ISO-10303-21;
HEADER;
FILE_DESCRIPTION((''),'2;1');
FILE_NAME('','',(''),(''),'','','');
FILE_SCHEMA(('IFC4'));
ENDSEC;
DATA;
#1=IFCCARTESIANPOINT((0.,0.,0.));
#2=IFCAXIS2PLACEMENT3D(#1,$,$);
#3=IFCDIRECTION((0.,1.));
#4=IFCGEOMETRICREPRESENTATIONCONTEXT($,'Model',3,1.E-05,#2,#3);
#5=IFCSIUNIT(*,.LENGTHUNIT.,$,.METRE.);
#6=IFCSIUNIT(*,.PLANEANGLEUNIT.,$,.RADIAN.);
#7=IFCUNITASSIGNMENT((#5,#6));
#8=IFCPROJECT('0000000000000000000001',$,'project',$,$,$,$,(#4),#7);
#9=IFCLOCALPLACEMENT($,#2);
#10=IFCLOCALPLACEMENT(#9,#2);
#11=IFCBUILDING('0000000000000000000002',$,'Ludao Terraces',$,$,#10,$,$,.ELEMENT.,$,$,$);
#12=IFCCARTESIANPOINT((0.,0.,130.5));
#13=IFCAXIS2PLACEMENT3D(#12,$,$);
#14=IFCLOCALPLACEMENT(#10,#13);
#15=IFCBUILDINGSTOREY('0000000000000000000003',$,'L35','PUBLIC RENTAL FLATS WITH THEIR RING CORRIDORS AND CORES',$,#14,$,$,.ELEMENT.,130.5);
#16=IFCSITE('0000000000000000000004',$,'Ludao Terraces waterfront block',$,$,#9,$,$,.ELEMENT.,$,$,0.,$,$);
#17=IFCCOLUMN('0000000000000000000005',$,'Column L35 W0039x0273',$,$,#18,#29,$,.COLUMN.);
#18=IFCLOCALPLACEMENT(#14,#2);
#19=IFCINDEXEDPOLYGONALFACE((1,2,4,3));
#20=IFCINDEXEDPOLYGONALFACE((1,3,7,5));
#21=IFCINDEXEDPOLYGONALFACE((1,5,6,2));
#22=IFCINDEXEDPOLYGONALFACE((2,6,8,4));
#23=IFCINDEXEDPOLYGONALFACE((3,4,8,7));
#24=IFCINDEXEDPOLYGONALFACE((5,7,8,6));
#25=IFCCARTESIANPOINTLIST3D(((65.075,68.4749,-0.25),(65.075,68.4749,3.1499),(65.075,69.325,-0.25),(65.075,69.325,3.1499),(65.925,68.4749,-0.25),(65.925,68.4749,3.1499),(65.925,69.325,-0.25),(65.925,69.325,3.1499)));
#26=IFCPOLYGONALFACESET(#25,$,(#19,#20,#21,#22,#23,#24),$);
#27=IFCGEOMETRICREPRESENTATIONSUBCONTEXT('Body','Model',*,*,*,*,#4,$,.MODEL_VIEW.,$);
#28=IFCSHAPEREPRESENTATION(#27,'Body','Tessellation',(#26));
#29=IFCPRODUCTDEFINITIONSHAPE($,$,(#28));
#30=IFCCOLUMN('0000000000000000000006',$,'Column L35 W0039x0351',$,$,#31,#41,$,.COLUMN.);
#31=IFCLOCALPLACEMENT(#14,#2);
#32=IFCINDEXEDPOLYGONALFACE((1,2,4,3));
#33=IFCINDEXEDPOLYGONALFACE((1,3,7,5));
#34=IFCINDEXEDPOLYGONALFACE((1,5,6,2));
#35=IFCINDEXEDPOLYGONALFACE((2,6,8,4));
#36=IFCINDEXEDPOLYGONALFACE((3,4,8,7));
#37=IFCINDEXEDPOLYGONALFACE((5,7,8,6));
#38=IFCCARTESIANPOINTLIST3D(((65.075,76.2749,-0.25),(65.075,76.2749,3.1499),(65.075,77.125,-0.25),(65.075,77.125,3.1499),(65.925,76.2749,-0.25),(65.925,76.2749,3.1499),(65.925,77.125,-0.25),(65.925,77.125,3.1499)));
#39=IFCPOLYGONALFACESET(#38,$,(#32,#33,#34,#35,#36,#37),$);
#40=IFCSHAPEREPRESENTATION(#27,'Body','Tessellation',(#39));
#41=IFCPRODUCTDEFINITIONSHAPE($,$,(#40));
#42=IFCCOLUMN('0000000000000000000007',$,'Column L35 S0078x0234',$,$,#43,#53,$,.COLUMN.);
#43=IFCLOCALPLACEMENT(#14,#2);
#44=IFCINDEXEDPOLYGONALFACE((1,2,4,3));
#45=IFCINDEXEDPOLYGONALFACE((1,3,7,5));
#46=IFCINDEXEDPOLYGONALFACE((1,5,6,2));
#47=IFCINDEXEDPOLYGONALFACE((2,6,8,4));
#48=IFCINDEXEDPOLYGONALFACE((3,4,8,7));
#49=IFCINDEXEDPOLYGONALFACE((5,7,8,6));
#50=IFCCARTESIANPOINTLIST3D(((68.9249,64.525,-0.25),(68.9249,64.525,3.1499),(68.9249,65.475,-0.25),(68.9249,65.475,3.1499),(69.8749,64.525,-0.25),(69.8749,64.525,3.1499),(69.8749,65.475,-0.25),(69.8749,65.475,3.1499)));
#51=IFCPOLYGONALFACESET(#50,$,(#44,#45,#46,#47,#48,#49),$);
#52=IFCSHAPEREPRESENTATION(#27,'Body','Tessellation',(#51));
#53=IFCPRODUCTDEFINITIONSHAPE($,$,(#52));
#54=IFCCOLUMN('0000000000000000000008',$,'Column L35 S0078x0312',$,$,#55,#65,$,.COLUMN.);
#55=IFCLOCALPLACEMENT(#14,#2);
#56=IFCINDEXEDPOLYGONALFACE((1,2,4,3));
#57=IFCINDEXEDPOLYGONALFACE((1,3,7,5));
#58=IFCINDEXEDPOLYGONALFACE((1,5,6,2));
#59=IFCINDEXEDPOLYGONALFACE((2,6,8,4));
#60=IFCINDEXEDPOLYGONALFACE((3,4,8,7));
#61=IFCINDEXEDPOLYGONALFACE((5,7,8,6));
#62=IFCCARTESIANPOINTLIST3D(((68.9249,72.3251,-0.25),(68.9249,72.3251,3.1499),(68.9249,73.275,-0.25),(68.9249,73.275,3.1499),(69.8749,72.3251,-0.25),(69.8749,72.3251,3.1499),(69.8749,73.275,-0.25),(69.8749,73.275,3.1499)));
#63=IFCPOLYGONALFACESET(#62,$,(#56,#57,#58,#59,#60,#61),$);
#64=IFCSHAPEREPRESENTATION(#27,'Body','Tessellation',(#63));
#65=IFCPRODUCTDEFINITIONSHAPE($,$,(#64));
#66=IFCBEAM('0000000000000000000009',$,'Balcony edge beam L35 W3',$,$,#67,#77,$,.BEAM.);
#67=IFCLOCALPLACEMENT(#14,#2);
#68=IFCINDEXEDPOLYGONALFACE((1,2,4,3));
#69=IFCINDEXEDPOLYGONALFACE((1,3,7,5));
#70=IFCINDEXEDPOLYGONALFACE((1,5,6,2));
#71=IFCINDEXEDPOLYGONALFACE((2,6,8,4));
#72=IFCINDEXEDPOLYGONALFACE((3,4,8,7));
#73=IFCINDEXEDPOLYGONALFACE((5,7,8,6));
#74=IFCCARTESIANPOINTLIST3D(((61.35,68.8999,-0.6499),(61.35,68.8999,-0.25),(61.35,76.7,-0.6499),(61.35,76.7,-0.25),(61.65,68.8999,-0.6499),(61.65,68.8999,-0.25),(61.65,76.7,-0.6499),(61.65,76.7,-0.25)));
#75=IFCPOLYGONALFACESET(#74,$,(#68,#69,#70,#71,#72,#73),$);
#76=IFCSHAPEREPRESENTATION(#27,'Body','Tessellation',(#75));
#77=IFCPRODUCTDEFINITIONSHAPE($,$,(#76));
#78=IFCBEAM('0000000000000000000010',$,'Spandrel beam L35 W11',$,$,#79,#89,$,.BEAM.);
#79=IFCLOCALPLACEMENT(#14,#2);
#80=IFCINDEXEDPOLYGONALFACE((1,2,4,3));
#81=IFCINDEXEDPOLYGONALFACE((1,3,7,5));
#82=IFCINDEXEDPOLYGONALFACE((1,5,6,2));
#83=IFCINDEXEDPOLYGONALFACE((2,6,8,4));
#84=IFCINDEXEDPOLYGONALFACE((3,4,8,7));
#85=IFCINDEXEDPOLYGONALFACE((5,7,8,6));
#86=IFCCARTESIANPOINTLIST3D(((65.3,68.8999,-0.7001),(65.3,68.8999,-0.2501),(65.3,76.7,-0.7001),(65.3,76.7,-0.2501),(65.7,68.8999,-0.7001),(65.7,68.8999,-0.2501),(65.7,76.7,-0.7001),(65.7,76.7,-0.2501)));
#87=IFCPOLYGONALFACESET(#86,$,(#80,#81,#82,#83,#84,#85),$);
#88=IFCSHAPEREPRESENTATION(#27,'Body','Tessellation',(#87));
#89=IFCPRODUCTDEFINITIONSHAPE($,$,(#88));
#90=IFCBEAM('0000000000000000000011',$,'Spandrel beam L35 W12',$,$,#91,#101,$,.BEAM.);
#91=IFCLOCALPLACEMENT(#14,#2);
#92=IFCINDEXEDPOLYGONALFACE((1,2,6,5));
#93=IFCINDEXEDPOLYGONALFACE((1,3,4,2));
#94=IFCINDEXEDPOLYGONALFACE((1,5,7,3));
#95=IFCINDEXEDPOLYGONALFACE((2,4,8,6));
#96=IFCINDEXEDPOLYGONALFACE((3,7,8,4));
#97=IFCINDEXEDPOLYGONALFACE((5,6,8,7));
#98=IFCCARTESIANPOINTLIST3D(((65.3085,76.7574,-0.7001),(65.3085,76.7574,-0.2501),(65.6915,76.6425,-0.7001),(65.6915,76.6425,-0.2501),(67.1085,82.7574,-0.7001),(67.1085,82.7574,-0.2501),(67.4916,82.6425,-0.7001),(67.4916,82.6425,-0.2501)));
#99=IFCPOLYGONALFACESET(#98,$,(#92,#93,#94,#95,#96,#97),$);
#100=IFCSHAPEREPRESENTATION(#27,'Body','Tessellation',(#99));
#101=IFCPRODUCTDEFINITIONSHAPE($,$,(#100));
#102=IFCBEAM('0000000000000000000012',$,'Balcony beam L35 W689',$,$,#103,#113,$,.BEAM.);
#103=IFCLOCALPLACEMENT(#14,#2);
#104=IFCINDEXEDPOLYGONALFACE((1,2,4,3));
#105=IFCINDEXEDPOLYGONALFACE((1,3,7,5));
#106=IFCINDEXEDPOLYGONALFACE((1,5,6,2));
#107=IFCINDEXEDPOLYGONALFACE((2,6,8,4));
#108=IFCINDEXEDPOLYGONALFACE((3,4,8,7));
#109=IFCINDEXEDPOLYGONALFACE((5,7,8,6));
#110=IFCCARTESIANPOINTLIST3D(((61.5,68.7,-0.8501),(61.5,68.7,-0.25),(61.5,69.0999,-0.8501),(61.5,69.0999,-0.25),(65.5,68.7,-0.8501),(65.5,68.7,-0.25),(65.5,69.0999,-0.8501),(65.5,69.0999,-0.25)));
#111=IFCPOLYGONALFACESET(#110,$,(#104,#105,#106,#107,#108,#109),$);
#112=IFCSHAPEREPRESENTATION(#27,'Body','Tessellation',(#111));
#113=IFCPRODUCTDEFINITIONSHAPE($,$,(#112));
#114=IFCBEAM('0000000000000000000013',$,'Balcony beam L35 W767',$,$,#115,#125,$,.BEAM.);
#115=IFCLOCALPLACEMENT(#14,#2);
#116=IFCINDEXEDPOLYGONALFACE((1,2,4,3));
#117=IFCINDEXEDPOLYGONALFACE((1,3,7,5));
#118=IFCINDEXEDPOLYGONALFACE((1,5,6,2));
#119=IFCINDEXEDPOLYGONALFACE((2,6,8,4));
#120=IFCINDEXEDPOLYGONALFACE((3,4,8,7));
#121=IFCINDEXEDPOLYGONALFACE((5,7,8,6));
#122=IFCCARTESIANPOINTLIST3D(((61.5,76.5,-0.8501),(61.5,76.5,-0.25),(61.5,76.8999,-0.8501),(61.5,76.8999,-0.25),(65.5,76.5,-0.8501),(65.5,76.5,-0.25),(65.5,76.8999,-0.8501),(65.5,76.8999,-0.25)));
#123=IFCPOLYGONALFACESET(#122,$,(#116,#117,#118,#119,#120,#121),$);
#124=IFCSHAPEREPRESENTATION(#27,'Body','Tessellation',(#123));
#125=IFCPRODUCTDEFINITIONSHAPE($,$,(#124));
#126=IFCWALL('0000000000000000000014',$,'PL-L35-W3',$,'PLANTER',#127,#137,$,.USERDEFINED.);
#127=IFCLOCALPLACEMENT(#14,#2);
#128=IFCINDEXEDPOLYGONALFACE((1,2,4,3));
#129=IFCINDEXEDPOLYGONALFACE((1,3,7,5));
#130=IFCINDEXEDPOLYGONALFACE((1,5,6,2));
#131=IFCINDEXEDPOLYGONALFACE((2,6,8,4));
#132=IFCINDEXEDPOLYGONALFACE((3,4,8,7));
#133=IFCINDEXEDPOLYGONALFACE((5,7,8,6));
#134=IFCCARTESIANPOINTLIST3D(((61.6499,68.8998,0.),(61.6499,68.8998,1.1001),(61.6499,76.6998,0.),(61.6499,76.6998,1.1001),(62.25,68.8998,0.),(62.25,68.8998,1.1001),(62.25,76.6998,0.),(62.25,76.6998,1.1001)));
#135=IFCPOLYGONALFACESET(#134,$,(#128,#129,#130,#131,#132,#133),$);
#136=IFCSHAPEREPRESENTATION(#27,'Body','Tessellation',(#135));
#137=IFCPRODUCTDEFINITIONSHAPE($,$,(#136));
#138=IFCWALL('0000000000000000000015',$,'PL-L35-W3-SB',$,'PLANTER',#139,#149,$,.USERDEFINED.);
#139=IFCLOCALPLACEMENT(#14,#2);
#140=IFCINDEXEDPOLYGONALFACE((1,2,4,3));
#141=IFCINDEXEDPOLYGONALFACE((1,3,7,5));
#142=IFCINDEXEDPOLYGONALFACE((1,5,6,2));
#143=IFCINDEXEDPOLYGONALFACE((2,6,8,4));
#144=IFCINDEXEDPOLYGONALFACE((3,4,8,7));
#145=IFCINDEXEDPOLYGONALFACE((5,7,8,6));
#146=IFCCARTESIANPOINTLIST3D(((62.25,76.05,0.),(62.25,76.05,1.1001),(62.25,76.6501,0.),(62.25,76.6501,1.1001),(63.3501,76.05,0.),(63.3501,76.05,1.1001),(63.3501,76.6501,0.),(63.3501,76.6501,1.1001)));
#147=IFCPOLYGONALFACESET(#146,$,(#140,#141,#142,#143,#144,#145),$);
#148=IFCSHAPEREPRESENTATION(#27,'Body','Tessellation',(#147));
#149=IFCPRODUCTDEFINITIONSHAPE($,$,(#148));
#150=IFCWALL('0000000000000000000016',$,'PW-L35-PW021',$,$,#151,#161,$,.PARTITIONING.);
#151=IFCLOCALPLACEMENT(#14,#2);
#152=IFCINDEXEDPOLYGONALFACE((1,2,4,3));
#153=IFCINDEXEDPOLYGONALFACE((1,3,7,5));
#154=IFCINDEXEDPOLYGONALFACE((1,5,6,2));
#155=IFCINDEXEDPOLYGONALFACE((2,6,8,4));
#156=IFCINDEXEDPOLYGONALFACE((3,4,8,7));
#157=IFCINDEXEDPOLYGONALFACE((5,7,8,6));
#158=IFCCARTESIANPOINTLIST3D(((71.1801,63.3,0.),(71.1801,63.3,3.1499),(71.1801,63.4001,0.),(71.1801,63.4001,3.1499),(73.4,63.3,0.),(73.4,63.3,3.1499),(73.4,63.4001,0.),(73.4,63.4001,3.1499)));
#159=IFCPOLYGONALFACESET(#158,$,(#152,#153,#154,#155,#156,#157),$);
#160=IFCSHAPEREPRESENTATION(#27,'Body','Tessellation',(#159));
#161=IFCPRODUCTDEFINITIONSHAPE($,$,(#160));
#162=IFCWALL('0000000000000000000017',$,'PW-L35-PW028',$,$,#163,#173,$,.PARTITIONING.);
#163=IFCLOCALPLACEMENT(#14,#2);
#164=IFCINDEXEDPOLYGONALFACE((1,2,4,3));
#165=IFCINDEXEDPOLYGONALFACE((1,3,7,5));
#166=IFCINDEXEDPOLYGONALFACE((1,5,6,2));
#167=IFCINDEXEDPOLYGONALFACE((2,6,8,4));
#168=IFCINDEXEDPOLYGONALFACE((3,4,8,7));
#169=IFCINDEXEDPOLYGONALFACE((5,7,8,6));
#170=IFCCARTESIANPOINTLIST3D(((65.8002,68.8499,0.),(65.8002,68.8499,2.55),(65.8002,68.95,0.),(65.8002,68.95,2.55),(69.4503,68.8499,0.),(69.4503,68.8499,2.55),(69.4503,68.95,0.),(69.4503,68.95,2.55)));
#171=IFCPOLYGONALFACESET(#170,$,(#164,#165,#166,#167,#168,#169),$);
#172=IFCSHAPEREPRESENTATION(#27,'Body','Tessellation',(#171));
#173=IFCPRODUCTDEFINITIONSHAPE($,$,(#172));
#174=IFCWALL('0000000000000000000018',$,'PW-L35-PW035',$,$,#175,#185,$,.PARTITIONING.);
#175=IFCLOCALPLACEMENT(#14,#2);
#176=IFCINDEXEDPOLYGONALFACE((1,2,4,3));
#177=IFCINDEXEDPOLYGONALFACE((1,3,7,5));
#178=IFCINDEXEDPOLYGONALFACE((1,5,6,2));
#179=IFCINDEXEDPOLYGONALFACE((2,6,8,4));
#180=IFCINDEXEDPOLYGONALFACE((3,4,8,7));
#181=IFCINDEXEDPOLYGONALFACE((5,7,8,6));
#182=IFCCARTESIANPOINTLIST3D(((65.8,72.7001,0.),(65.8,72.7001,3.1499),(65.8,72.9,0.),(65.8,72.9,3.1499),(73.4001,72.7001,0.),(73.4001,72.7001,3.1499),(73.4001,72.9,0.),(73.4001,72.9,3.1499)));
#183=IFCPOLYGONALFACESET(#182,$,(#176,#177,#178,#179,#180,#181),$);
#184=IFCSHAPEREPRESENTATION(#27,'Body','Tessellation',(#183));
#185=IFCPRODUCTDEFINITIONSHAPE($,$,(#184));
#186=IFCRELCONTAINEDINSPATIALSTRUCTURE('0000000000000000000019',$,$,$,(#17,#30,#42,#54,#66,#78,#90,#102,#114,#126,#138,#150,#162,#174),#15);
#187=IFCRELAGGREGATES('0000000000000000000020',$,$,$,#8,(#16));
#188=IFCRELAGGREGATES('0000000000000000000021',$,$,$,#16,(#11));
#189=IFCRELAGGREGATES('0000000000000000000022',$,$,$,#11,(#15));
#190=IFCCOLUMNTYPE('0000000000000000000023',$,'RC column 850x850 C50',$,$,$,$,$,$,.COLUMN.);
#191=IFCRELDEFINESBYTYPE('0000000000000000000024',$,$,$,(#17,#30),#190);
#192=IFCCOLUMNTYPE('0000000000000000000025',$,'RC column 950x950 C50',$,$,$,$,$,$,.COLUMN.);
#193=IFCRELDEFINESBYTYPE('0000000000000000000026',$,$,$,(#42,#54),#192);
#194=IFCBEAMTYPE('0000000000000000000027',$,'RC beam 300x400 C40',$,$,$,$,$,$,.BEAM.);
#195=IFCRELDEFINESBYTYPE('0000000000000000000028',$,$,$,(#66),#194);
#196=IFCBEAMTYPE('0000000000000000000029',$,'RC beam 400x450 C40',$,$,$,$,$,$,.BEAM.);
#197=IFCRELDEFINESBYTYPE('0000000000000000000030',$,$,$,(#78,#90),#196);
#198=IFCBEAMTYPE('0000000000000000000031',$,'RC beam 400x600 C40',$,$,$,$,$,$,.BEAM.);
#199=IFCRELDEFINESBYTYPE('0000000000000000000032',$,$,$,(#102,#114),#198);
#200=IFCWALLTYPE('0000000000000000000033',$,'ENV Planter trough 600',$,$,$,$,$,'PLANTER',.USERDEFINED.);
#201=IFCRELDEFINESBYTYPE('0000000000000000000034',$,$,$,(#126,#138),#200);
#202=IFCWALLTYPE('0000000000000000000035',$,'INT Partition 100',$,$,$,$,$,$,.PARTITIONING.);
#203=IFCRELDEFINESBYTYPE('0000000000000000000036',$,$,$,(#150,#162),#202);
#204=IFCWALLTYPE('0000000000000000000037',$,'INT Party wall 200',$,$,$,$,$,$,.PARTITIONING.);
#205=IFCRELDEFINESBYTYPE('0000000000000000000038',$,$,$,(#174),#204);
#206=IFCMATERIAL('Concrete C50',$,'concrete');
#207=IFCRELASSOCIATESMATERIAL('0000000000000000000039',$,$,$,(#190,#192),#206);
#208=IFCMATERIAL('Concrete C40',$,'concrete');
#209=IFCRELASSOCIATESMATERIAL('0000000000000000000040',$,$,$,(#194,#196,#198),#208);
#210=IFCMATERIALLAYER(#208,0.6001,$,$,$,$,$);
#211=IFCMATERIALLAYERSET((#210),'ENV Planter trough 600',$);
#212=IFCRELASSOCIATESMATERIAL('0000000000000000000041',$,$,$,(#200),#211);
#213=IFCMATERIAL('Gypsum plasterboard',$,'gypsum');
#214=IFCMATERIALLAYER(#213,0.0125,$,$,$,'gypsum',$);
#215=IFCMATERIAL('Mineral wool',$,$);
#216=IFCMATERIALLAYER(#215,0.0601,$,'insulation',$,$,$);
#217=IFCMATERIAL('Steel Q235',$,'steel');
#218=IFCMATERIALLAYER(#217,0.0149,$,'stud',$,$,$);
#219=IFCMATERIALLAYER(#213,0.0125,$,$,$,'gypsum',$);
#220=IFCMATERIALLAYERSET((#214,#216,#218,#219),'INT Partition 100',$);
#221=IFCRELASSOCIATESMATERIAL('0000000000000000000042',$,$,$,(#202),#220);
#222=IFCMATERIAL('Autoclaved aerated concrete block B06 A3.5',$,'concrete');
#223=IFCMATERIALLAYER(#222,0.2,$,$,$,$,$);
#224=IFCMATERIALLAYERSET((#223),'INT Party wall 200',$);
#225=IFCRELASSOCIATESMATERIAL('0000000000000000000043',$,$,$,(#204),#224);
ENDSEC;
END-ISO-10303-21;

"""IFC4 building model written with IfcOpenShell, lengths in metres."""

from ifc_helpers import new_model, si_unit, direction, frame, frame_2d, origin, origin_2d, place, context, subcontext, project, spatial, rectangle, extrude, material, layer, layer_set, material_profile, profile_set, type_object, element, save


model = new_model("IFC4")

# Units and contexts
model_context = context("Model", 3, precision=1e-05, world=origin(), true_north=direction((0.0, 1.0)))
body_context = subcontext(model_context, "Body", "Model", "MODEL_VIEW")
ifc_project = project(units=[si_unit("LENGTHUNIT", "METRE"), si_unit("PLANEANGLEUNIT", "RADIAN")], contexts=[model_context])

# Site, building, storey
site_placement = place(None, origin())
site = spatial("IfcSite", under=ifc_project, at=site_placement, Name="Ludao Terraces waterfront block", CompositionType="ELEMENT", RefElevation=0.0)
building_placement = place(site_placement, origin())
building = spatial("IfcBuilding", under=site, at=building_placement, Name="Ludao Terraces", CompositionType="ELEMENT")
storey_placement = place(building_placement, frame((0.0, 0.0, 130.5)))
storey = spatial("IfcBuildingStorey", under=building, at=storey_placement, Name="L35", Description="PUBLIC RENTAL FLATS WITH THEIR RING CORRIDORS AND CORES", CompositionType="ELEMENT", Elevation=130.5)

# Columns
ifc_material_1 = material(Name="Concrete C50", Category="concrete")
ifc_material_profile_1 = material_profile(ifc_material_1, rectangle(XDim=0.8501, YDim=0.8501, at=origin_2d()), Name="850 X 850")
ifc_profile_set_1 = profile_set([ifc_material_profile_1], Name="Concrete C50")
column_type_1 = type_object("IfcColumnType", Name="RC column 850x850 C50", PredefinedType="COLUMN", material=ifc_profile_set_1)
for number, where, z_axis, x_axis, name in (
    (1, (65.5, 68.8999, -0.25), (0.0, 0.0, 1.0), (1.0, 0.0, 0.0), "Column L35 W0039x0273"),
    (2, (65.5, 76.7, -0.25), (0.0, 0.0, 1.0), (1.0, 0.0, 0.0), "Column L35 W0039x0351"),
):
    element("IfcColumn", number, at=place(storey_placement, frame(where, z_axis=z_axis, x_axis=x_axis)), inside=storey, type_object=column_type_1, Name=name, PredefinedType="COLUMN", context=body_context, shape_type="SweptSolid", body=[
        extrude(rectangle(XDim=0.8501, YDim=0.8501, at=origin_2d()), origin(), (0.0, 0.0, 1.0), 3.3999),
    ])
ifc_material_profile_2 = material_profile(ifc_material_1, rectangle(XDim=0.95, YDim=0.95, at=origin_2d()), Name="950 X 950")
ifc_profile_set_2 = profile_set([ifc_material_profile_2], Name="Concrete C50")
column_type_2 = type_object("IfcColumnType", Name="RC column 950x950 C50", PredefinedType="COLUMN", material=ifc_profile_set_2)
for number, where, z_axis, x_axis, name in (
    (3, (69.3999, 65.0, -0.25), (0.0, 0.0, 1.0), (1.0, 0.0, 0.0), "Column L35 S0078x0234"),
    (4, (69.3999, 72.8, -0.25), (0.0, 0.0, 1.0), (1.0, 0.0, 0.0), "Column L35 S0078x0312"),
):
    element("IfcColumn", number, at=place(storey_placement, frame(where, z_axis=z_axis, x_axis=x_axis)), inside=storey, type_object=column_type_2, Name=name, PredefinedType="COLUMN", context=body_context, shape_type="SweptSolid", body=[
        extrude(rectangle(XDim=0.95, YDim=0.95, at=origin_2d()), origin(), (0.0, 0.0, 1.0), 3.3999),
    ])

# Beams
ifc_material_2 = material(Name="Concrete C40", Category="concrete")
ifc_material_profile_3 = material_profile(ifc_material_2, rectangle(XDim=0.3, YDim=0.3999, at=origin_2d()), Name="300 X 400")
ifc_profile_set_3 = profile_set([ifc_material_profile_3], Name="Concrete C40")
beam_type_1 = type_object("IfcBeamType", Name="RC beam 300x400 C40", PredefinedType="BEAM", material=ifc_profile_set_3)
beam_1_placement = place(storey_placement, frame((61.5, 68.8999, -0.45), z_axis=(0.0, 1.0, 0.0), x_axis=(-1.0, 0.0, 0.0)))
element("IfcBeam", 5, at=beam_1_placement, inside=storey, type_object=beam_type_1, Name="Balcony edge beam L35 W3", PredefinedType="BEAM", context=body_context, shape_type="SweptSolid", body=[
    extrude(rectangle(XDim=0.3, YDim=0.3999, at=origin_2d()), origin(), (0.0, 0.0, 1.0), 7.8),
])
ifc_material_profile_4 = material_profile(ifc_material_2, rectangle(XDim=0.3999, YDim=0.45, at=origin_2d()), Name="400 X 450")
ifc_profile_set_4 = profile_set([ifc_material_profile_4], Name="Concrete C40")
beam_type_2 = type_object("IfcBeamType", Name="RC beam 400x450 C40", PredefinedType="BEAM", material=ifc_profile_set_4)
beam_2_placement = place(storey_placement, frame((65.5, 68.8999, -0.4751), z_axis=(0.0, 1.0, 0.0), x_axis=(-1.0, 0.0, 0.0)))
element("IfcBeam", 6, at=beam_2_placement, inside=storey, type_object=beam_type_2, Name="Spandrel beam L35 W11", PredefinedType="BEAM", context=body_context, shape_type="SweptSolid", body=[
    extrude(rectangle(XDim=0.3999, YDim=0.45, at=origin_2d()), origin(), (0.0, 0.0, 1.0), 7.8),
])
beam_3_placement = place(storey_placement, frame((65.5, 76.7, -0.4751), z_axis=(0.287355, 0.957824, 0.0), x_axis=(-0.957824, 0.287355, 0.0)))
element("IfcBeam", 7, at=beam_3_placement, inside=storey, type_object=beam_type_2, Name="Spandrel beam L35 W12", PredefinedType="BEAM", context=body_context, shape_type="SweptSolid", body=[
    extrude(rectangle(XDim=0.3999, YDim=0.45, at=origin_2d()), origin(), (0.0, 0.0, 1.0), 6.2642),
])
ifc_material_profile_5 = material_profile(ifc_material_2, rectangle(XDim=0.3999, YDim=0.6001, at=origin_2d()), Name="400 X 600")
ifc_profile_set_5 = profile_set([ifc_material_profile_5], Name="Concrete C40")
beam_type_3 = type_object("IfcBeamType", Name="RC beam 400x600 C40", PredefinedType="BEAM", material=ifc_profile_set_5)
for number, where, z_axis, x_axis, name in (
    (8, (65.5, 68.8999, -0.55), (-1.0, 0.0, 0.0), (0.0, -1.0, 0.0), "Balcony beam L35 W689"),
    (9, (65.5, 76.7, -0.55), (-1.0, 0.0, 0.0), (0.0, -1.0, 0.0), "Balcony beam L35 W767"),
):
    element("IfcBeam", number, at=place(storey_placement, frame(where, z_axis=z_axis, x_axis=x_axis)), inside=storey, type_object=beam_type_3, Name=name, PredefinedType="BEAM", context=body_context, shape_type="SweptSolid", body=[
        extrude(rectangle(XDim=0.3999, YDim=0.6001, at=origin_2d()), origin(), (0.0, 0.0, 1.0), 4.0),
    ])

# Walls
ifc_layer_1 = layer(ifc_material_2, 0.6001)
ifc_layer_set_1 = layer_set([ifc_layer_1], Name="ENV Planter trough 600")
wall_type_1 = type_object("IfcWallType", Name="ENV Planter trough 600", ElementType="PLANTER", PredefinedType="USERDEFINED", material=ifc_layer_set_1)
wall_1_placement = place(storey_placement, frame((61.95, 68.8999, 0.0), z_axis=(0.0, 0.0, 1.0), x_axis=(0.0, 1.0, 0.0)))
element("IfcWall", 10, at=wall_1_placement, inside=storey, type_object=wall_type_1, Name="PL-L35-W3", ObjectType="PLANTER", PredefinedType="USERDEFINED", context=body_context, shape_type="SweptSolid", body=[
    extrude(rectangle(XDim=7.8, YDim=0.6001, at=frame_2d((3.8999, 0.0))), origin(), (0.0, 0.0, 1.0), 1.1001),
])
wall_2_placement = place(storey_placement, frame((62.25, 76.3501, 0.0), z_axis=(0.0, 0.0, 1.0), x_axis=(1.0, 0.0, 0.0)))
element("IfcWall", 11, at=wall_2_placement, inside=storey, type_object=wall_type_1, Name="PL-L35-W3-SB", ObjectType="PLANTER", PredefinedType="USERDEFINED", context=body_context, shape_type="SweptSolid", body=[
    extrude(rectangle(XDim=1.1001, YDim=0.6001, at=frame_2d((0.55, 0.0))), origin(), (0.0, 0.0, 1.0), 1.1001),
])

# Shared definitions
ifc_material_3 = material(Name="Mineral wool")

# Walls
ifc_material_4 = material(Name="Gypsum plasterboard", Category="gypsum")
ifc_layer_2 = layer(ifc_material_4, 0.0125, Category="gypsum")
ifc_layer_3 = layer(ifc_material_3, 0.0601, Name="insulation")
ifc_material_5 = material(Name="Steel Q235", Category="steel")
ifc_layer_4 = layer(ifc_material_5, 0.0149, Name="stud")
ifc_layer_5 = layer(ifc_material_4, 0.0125, Category="gypsum")
ifc_layer_set_2 = layer_set([ifc_layer_2, ifc_layer_3, ifc_layer_4, ifc_layer_5], Name="INT Partition 100")
wall_type_2 = type_object("IfcWallType", Name="INT Partition 100", PredefinedType="PARTITIONING", material=ifc_layer_set_2)
wall_3_placement = place(storey_placement, frame((71.1802, 63.3501, 0.0), z_axis=(0.0, 0.0, 1.0), x_axis=(1.0, 0.0, 0.0)))
element("IfcWall", 12, at=wall_3_placement, inside=storey, type_object=wall_type_2, Name="PW-L35-PW021", PredefinedType="PARTITIONING", context=body_context, shape_type="SweptSolid", body=[
    extrude(rectangle(XDim=2.22, YDim=0.1001, at=frame_2d((1.1099, 0.0))), origin(), (0.0, 0.0, 1.0), 3.1499),
])
wall_4_placement = place(storey_placement, frame((65.8, 68.8999, 0.0), z_axis=(0.0, 0.0, 1.0), x_axis=(1.0, 0.0, 0.0)))
element("IfcWall", 13, at=wall_4_placement, inside=storey, type_object=wall_type_2, Name="PW-L35-PW028", PredefinedType="PARTITIONING", context=body_context, shape_type="SweptSolid", body=[
    extrude(rectangle(XDim=3.6501, YDim=0.1001, at=frame_2d((1.8252, 0.0))), origin(), (0.0, 0.0, 1.0), 2.55),
])
ifc_material_6 = material(Name="Autoclaved aerated concrete block B06 A3.5", Category="concrete")
ifc_layer_6 = layer(ifc_material_6, 0.2)
ifc_layer_set_3 = layer_set([ifc_layer_6], Name="INT Party wall 200")
wall_type_3 = type_object("IfcWallType", Name="INT Party wall 200", PredefinedType="PARTITIONING", material=ifc_layer_set_3)
wall_5_placement = place(storey_placement, frame((65.8, 72.8, 0.0), z_axis=(0.0, 0.0, 1.0), x_axis=(1.0, 0.0, 0.0)))
element("IfcWall", 14, at=wall_5_placement, inside=storey, type_object=wall_type_3, Name="PW-L35-PW035", PredefinedType="PARTITIONING", context=body_context, shape_type="SweptSolid", body=[
    extrude(rectangle(XDim=7.6001, YDim=0.2, at=frame_2d((3.8, 0.0))), origin(), (0.0, 0.0, 1.0), 3.1499),
])

save(model, "model.ifc")
